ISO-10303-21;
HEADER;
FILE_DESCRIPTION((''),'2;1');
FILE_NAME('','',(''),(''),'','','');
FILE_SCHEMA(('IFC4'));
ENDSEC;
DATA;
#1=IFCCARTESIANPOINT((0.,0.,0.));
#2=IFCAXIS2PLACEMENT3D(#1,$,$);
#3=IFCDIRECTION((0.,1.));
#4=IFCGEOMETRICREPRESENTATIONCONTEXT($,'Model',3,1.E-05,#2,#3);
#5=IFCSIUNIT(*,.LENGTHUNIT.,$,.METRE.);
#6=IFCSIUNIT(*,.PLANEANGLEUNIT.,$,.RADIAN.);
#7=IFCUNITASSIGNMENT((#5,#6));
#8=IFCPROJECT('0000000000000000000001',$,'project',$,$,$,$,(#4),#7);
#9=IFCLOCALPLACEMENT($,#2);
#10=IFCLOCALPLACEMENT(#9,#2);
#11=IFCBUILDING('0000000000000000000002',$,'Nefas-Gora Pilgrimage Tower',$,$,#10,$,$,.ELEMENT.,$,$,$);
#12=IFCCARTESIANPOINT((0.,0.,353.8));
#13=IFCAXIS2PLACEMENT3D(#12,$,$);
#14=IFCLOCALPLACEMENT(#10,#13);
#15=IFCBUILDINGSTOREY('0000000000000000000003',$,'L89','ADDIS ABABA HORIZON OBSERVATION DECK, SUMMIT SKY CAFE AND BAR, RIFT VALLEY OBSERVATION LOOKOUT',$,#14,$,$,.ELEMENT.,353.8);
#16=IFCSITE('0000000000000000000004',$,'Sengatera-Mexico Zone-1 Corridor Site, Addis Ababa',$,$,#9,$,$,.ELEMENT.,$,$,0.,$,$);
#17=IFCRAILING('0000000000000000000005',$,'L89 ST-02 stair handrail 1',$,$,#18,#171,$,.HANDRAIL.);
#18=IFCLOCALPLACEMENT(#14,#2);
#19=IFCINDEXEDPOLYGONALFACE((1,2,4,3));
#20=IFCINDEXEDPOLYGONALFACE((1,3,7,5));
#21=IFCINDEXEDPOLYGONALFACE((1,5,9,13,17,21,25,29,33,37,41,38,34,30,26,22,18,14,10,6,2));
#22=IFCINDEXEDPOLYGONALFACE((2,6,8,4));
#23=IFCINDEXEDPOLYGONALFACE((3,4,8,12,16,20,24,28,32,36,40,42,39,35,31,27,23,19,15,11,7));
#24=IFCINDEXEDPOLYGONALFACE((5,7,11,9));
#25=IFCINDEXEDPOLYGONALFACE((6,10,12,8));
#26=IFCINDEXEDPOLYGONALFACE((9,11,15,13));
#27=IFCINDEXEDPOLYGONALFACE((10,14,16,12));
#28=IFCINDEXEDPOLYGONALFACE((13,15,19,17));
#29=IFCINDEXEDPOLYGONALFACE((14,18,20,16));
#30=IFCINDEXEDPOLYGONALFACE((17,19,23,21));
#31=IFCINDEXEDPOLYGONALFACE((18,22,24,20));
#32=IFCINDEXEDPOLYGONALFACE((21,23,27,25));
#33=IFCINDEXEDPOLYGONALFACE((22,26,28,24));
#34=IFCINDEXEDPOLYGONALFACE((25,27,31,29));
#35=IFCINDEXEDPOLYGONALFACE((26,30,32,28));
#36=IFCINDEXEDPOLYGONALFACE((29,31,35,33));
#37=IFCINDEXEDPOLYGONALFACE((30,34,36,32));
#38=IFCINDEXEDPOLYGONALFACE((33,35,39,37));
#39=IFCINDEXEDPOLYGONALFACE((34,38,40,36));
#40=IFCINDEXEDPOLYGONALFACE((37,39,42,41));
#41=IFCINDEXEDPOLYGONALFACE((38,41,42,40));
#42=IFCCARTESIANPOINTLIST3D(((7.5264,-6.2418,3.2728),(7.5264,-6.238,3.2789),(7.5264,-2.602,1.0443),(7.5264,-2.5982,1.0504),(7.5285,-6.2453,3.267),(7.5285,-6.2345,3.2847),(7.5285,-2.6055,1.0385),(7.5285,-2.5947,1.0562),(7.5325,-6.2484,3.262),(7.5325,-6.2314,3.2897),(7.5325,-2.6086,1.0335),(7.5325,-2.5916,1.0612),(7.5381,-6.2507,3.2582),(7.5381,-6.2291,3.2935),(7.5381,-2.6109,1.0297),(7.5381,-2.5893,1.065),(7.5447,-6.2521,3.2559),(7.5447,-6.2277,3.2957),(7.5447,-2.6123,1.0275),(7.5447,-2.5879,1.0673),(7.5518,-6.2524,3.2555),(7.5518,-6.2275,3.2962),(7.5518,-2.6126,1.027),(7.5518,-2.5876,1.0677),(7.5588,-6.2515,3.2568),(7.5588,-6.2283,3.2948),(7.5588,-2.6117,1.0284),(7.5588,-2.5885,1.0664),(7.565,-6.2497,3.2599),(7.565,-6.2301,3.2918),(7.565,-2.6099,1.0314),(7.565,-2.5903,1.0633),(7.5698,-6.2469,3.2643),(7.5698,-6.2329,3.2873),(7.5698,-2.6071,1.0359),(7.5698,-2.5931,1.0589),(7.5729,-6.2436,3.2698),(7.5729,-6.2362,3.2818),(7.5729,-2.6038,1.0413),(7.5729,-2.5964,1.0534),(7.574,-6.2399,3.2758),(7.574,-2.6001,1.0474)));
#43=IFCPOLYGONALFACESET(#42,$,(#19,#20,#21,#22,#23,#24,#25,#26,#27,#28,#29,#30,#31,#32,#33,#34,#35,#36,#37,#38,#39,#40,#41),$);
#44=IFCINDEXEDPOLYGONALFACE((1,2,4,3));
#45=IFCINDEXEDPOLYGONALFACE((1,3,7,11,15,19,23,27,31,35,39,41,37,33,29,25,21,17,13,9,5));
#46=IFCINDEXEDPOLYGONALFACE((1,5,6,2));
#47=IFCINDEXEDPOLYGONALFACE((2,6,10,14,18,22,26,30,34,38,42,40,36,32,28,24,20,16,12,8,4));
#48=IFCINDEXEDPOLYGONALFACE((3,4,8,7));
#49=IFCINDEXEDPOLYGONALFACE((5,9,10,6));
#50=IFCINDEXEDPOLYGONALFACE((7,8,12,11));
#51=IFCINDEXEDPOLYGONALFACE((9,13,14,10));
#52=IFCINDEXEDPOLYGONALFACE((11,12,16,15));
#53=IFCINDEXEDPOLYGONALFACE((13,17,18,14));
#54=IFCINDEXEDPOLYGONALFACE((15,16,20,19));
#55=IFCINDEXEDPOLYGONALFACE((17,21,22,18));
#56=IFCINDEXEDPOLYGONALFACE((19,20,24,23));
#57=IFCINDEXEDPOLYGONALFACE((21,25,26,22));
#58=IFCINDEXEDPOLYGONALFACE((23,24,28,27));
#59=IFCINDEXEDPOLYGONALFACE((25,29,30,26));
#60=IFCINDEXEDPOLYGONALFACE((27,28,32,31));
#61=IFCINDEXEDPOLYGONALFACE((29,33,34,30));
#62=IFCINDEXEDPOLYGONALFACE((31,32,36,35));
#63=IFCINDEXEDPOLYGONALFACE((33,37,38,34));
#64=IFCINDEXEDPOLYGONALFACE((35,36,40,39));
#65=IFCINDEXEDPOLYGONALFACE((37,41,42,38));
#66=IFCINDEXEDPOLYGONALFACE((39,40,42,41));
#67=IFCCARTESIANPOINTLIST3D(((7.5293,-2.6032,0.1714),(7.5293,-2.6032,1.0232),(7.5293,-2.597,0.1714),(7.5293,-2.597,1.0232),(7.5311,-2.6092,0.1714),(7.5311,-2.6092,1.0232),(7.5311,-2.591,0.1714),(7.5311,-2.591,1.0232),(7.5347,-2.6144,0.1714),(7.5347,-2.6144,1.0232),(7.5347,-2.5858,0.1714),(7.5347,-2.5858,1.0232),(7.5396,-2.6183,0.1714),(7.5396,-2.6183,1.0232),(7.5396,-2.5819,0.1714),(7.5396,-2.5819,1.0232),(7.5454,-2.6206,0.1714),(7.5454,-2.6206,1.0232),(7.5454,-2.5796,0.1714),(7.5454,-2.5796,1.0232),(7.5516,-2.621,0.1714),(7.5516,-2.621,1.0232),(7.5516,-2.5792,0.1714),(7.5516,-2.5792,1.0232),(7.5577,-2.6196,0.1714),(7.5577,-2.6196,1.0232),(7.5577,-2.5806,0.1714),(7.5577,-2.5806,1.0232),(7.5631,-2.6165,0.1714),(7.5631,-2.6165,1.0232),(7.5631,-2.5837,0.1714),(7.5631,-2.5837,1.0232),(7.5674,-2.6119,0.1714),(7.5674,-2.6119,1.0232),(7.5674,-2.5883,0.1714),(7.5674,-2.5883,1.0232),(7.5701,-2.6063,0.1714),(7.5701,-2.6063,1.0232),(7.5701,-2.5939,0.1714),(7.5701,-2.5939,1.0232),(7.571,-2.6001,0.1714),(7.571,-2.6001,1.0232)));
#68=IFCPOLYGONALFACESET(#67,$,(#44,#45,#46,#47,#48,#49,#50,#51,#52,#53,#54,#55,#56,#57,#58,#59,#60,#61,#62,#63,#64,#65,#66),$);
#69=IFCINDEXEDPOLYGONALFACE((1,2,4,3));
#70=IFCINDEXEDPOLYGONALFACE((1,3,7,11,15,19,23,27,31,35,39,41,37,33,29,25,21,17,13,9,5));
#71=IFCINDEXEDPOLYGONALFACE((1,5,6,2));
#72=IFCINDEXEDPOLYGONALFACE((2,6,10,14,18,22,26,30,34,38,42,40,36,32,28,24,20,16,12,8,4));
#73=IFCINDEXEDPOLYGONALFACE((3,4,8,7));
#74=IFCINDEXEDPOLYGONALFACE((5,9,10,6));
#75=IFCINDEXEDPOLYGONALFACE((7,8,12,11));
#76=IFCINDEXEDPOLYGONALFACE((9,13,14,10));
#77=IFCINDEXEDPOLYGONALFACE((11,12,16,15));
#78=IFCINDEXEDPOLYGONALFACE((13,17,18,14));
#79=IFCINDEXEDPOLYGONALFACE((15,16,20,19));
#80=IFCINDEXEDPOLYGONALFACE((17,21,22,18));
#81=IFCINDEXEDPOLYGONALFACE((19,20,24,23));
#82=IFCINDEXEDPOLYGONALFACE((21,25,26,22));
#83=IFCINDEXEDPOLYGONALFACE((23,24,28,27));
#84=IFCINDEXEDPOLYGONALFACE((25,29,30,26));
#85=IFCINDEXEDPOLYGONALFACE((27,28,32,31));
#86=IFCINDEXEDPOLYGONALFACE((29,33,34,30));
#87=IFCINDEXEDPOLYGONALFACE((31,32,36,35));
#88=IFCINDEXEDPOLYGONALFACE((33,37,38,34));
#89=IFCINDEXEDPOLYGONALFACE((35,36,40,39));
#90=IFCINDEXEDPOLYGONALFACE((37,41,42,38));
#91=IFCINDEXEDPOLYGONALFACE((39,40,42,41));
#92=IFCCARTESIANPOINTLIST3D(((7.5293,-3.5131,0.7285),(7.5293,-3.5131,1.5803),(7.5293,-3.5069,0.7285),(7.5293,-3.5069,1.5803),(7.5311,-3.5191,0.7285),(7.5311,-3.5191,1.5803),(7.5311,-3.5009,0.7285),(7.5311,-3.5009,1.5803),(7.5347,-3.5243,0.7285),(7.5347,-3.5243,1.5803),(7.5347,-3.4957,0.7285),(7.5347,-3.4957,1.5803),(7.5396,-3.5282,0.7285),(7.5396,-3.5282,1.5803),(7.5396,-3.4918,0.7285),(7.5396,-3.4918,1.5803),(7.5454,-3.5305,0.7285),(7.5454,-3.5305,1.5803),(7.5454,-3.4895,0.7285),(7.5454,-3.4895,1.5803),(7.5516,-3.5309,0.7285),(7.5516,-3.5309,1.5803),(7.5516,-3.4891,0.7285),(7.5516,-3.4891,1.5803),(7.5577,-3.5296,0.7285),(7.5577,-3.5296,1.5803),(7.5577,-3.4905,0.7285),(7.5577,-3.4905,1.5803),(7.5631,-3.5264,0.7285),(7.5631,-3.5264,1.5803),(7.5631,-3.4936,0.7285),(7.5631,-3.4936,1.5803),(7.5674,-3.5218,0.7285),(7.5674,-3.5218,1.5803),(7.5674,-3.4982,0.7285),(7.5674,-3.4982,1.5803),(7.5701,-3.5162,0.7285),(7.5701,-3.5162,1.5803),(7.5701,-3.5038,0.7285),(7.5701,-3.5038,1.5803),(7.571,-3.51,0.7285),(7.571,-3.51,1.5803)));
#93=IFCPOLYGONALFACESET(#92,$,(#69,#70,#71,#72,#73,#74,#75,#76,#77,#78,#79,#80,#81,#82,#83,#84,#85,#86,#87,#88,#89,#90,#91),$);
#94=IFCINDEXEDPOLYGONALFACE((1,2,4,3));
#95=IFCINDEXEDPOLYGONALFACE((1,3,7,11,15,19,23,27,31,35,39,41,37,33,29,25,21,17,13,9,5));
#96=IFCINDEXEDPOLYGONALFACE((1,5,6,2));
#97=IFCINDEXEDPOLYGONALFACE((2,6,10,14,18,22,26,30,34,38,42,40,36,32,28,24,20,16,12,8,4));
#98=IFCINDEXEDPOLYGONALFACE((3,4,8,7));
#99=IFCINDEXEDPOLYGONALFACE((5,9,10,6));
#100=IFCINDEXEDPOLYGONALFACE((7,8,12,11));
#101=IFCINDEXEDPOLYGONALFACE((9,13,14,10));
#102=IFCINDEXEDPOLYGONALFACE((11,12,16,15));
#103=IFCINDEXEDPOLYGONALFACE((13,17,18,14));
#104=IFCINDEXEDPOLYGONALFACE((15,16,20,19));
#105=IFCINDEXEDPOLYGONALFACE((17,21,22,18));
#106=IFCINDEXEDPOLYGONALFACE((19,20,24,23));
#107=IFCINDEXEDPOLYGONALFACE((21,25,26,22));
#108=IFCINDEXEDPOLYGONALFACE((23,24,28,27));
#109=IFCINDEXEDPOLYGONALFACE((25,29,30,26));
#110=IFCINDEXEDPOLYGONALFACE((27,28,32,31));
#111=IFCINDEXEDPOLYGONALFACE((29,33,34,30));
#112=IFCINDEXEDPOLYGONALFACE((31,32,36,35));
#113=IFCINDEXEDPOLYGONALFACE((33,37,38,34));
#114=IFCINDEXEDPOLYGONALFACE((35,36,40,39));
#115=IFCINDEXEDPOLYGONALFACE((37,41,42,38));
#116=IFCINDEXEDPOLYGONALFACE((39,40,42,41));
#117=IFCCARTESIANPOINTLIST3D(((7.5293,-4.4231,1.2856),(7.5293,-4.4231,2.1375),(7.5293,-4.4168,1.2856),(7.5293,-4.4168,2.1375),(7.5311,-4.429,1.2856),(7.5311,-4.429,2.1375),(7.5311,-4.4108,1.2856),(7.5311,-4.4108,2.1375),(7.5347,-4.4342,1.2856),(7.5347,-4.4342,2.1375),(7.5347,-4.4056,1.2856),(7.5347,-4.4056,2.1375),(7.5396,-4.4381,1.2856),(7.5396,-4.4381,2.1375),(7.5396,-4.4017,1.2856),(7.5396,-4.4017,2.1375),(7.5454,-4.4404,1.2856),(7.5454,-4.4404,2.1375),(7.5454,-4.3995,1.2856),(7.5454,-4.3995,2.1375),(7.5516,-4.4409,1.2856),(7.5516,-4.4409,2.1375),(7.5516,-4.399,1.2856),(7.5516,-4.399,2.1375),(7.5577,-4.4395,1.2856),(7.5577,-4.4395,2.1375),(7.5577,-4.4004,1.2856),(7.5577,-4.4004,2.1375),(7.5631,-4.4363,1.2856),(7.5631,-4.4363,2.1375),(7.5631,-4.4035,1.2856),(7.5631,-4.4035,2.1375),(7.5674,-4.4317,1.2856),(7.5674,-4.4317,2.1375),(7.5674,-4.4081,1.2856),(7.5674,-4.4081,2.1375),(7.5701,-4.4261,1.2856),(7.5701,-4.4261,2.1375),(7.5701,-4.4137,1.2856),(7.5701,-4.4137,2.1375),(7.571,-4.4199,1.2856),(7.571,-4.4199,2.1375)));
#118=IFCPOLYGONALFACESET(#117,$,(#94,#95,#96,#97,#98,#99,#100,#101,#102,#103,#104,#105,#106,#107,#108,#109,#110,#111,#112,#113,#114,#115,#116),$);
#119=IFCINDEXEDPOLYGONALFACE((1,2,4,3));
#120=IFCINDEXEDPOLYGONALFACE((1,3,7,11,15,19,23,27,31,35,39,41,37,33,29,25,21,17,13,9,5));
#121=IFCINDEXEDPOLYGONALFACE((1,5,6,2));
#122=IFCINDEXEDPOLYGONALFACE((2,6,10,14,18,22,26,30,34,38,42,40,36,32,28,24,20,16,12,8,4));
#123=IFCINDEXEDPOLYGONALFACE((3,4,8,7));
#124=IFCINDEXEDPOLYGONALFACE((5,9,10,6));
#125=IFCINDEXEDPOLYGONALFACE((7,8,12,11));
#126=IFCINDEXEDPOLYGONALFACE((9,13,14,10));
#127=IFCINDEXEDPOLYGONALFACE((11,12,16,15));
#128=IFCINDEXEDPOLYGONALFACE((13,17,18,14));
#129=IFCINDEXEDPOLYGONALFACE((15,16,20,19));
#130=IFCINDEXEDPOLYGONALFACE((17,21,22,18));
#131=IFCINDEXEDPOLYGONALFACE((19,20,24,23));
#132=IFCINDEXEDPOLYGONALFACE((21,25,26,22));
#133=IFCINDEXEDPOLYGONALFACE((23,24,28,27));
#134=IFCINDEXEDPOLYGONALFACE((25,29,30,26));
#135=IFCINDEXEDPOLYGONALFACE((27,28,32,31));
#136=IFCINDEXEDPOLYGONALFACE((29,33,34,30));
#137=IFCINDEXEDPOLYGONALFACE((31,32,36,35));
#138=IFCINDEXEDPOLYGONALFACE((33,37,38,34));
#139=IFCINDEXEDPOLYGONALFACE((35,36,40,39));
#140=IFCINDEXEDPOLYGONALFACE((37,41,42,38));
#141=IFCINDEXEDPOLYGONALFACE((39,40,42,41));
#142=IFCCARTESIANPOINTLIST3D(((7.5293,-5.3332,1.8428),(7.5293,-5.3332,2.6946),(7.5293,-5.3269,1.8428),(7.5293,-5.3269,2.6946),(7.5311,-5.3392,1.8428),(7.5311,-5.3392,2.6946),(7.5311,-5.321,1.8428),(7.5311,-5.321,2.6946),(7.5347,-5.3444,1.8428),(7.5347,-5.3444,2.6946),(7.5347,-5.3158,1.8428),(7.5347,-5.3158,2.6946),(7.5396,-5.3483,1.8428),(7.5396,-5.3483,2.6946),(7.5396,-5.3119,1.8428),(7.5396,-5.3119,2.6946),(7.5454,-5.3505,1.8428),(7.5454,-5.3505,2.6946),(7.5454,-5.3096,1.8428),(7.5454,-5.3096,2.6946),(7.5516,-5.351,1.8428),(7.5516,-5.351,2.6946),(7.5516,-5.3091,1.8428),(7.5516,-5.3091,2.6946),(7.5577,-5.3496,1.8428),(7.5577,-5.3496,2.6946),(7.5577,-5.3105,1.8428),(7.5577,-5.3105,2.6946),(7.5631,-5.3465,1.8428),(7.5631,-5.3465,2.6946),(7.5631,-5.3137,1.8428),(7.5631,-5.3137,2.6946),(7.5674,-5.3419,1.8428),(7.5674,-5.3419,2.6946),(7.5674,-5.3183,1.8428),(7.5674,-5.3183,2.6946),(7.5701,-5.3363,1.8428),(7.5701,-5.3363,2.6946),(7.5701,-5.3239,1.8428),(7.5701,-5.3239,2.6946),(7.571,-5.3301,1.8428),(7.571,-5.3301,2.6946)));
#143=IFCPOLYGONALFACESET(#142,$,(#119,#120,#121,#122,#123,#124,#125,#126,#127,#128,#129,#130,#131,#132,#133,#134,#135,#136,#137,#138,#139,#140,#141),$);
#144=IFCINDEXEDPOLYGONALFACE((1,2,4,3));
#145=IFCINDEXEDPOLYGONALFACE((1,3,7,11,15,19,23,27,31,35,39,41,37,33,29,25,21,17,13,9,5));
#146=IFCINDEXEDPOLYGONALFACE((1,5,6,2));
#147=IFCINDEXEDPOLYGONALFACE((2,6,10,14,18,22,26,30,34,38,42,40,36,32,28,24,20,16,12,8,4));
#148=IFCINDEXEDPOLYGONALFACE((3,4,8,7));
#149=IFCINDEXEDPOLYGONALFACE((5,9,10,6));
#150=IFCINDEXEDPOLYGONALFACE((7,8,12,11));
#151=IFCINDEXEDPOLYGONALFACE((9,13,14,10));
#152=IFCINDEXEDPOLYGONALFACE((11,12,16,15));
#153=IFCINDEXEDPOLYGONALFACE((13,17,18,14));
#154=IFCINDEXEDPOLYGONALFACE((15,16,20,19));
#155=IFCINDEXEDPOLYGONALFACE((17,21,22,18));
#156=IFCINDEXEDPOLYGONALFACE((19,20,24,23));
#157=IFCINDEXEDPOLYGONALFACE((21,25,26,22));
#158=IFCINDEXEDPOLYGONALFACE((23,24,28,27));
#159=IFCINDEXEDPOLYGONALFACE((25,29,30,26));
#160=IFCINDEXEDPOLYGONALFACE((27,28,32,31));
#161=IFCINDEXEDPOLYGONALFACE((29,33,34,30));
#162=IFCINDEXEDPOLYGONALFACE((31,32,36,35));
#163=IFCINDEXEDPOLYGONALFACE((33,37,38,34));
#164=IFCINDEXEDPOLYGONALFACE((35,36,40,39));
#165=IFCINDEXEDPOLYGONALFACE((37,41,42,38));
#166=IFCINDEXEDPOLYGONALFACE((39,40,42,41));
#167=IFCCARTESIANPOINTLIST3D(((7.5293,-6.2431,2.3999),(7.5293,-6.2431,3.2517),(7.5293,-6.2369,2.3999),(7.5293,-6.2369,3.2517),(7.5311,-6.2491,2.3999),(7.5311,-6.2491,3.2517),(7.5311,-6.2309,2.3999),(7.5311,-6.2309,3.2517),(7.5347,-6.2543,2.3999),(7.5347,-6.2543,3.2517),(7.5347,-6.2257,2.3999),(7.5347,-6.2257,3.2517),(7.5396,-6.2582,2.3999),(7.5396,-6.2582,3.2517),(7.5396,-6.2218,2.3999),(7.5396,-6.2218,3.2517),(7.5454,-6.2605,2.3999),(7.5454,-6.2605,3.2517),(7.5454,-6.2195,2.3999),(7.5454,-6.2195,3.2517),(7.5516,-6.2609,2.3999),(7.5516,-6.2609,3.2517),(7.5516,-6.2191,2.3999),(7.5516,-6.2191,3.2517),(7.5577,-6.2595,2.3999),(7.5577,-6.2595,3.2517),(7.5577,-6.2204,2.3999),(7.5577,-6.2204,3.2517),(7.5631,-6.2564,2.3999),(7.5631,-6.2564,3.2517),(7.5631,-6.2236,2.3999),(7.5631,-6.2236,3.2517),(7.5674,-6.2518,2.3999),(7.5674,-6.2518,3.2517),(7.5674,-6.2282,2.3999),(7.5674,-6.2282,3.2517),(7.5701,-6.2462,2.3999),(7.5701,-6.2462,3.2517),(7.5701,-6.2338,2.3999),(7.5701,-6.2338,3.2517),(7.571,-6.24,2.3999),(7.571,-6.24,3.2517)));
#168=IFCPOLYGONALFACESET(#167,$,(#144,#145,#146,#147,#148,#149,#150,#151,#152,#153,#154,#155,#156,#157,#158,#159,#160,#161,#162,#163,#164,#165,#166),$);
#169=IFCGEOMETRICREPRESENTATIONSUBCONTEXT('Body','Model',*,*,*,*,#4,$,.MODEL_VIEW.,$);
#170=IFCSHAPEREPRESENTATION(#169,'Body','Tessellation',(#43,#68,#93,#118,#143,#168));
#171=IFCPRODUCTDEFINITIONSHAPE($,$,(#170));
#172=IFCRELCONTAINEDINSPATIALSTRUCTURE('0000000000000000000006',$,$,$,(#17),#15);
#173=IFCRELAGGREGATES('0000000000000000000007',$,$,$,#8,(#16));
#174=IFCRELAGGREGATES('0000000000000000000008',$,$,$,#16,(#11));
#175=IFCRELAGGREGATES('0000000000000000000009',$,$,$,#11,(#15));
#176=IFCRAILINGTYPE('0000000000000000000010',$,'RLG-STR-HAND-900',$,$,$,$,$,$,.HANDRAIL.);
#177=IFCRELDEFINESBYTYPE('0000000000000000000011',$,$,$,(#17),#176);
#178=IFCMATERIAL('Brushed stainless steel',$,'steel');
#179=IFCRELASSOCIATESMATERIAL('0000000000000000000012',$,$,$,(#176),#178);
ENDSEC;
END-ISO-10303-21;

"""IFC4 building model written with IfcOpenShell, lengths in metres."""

from ifc_helpers import new_model, si_unit, direction, frame, origin, origin_2d, place, context, subcontext, project, spatial, circle, extrude, material, type_object, element, save


model = new_model("IFC4")

# Units and contexts
model_context = context("Model", 3, precision=1e-05, world=origin(), true_north=direction((0.0, 1.0)))
body_context = subcontext(model_context, "Body", "Model", "MODEL_VIEW")
ifc_project = project(units=[si_unit("LENGTHUNIT", "METRE"), si_unit("PLANEANGLEUNIT", "RADIAN")], contexts=[model_context])

# Site, building, storey
site_placement = place(None, origin())
site = spatial("IfcSite", under=ifc_project, at=site_placement, Name="Sengatera-Mexico Zone-1 Corridor Site, Addis Ababa", CompositionType="ELEMENT", RefElevation=0.0)
building_placement = place(site_placement, origin())
building = spatial("IfcBuilding", under=site, at=building_placement, Name="Nefas-Gora Pilgrimage Tower", CompositionType="ELEMENT")
storey_placement = place(building_placement, frame((0.0, 0.0, 353.8)))
storey = spatial("IfcBuildingStorey", under=building, at=storey_placement, Name="L89", Description="ADDIS ABABA HORIZON OBSERVATION DECK, SUMMIT SKY CAFE AND BAR, RIFT VALLEY OBSERVATION LOOKOUT", CompositionType="ELEMENT", Elevation=353.8)

# Railing
ifc_material_1 = material(Name="Brushed stainless steel", Category="steel")
railing_type_1 = type_object("IfcRailingType", Name="RLG-STR-HAND-900", PredefinedType="HANDRAIL", material=ifc_material_1)
railing_1_placement = place(storey_placement, frame((7.55, -2.6001, 0.1714)))
element("IfcRailing", 1, at=railing_1_placement, inside=storey, type_object=railing_type_1, Name="L89 ST-02 stair handrail 1", PredefinedType="HANDRAIL", context=body_context, shape_type="SweptSolid", body=[
    extrude(circle(Radius=0.0239, at=origin_2d()), frame((0.0, 0.0, 0.876), z_axis=(0.0, -0.85285, 0.522156), x_axis=(1.0, 0.0, 0.0)), (0.0, 0.0, 1.0), 4.2678),
    extrude(circle(Radius=0.021, at=origin_2d()), origin(), (0.0, 0.0, 1.0), 0.8518),
    extrude(circle(Radius=0.021, at=origin_2d()), frame((0.0, -0.9099, 0.5571)), (0.0, 0.0, 1.0), 0.8518),
    extrude(circle(Radius=0.021, at=origin_2d()), frame((0.0, -1.8198, 1.1143)), (0.0, 0.0, 1.0), 0.8518),
    extrude(circle(Radius=0.021, at=origin_2d()), frame((0.0, -2.73, 1.6714)), (0.0, 0.0, 1.0), 0.8518),
    extrude(circle(Radius=0.021, at=origin_2d()), frame((0.0, -3.6399, 2.2285)), (0.0, 0.0, 1.0), 0.8518),
])

save(model, "model.ifc")
